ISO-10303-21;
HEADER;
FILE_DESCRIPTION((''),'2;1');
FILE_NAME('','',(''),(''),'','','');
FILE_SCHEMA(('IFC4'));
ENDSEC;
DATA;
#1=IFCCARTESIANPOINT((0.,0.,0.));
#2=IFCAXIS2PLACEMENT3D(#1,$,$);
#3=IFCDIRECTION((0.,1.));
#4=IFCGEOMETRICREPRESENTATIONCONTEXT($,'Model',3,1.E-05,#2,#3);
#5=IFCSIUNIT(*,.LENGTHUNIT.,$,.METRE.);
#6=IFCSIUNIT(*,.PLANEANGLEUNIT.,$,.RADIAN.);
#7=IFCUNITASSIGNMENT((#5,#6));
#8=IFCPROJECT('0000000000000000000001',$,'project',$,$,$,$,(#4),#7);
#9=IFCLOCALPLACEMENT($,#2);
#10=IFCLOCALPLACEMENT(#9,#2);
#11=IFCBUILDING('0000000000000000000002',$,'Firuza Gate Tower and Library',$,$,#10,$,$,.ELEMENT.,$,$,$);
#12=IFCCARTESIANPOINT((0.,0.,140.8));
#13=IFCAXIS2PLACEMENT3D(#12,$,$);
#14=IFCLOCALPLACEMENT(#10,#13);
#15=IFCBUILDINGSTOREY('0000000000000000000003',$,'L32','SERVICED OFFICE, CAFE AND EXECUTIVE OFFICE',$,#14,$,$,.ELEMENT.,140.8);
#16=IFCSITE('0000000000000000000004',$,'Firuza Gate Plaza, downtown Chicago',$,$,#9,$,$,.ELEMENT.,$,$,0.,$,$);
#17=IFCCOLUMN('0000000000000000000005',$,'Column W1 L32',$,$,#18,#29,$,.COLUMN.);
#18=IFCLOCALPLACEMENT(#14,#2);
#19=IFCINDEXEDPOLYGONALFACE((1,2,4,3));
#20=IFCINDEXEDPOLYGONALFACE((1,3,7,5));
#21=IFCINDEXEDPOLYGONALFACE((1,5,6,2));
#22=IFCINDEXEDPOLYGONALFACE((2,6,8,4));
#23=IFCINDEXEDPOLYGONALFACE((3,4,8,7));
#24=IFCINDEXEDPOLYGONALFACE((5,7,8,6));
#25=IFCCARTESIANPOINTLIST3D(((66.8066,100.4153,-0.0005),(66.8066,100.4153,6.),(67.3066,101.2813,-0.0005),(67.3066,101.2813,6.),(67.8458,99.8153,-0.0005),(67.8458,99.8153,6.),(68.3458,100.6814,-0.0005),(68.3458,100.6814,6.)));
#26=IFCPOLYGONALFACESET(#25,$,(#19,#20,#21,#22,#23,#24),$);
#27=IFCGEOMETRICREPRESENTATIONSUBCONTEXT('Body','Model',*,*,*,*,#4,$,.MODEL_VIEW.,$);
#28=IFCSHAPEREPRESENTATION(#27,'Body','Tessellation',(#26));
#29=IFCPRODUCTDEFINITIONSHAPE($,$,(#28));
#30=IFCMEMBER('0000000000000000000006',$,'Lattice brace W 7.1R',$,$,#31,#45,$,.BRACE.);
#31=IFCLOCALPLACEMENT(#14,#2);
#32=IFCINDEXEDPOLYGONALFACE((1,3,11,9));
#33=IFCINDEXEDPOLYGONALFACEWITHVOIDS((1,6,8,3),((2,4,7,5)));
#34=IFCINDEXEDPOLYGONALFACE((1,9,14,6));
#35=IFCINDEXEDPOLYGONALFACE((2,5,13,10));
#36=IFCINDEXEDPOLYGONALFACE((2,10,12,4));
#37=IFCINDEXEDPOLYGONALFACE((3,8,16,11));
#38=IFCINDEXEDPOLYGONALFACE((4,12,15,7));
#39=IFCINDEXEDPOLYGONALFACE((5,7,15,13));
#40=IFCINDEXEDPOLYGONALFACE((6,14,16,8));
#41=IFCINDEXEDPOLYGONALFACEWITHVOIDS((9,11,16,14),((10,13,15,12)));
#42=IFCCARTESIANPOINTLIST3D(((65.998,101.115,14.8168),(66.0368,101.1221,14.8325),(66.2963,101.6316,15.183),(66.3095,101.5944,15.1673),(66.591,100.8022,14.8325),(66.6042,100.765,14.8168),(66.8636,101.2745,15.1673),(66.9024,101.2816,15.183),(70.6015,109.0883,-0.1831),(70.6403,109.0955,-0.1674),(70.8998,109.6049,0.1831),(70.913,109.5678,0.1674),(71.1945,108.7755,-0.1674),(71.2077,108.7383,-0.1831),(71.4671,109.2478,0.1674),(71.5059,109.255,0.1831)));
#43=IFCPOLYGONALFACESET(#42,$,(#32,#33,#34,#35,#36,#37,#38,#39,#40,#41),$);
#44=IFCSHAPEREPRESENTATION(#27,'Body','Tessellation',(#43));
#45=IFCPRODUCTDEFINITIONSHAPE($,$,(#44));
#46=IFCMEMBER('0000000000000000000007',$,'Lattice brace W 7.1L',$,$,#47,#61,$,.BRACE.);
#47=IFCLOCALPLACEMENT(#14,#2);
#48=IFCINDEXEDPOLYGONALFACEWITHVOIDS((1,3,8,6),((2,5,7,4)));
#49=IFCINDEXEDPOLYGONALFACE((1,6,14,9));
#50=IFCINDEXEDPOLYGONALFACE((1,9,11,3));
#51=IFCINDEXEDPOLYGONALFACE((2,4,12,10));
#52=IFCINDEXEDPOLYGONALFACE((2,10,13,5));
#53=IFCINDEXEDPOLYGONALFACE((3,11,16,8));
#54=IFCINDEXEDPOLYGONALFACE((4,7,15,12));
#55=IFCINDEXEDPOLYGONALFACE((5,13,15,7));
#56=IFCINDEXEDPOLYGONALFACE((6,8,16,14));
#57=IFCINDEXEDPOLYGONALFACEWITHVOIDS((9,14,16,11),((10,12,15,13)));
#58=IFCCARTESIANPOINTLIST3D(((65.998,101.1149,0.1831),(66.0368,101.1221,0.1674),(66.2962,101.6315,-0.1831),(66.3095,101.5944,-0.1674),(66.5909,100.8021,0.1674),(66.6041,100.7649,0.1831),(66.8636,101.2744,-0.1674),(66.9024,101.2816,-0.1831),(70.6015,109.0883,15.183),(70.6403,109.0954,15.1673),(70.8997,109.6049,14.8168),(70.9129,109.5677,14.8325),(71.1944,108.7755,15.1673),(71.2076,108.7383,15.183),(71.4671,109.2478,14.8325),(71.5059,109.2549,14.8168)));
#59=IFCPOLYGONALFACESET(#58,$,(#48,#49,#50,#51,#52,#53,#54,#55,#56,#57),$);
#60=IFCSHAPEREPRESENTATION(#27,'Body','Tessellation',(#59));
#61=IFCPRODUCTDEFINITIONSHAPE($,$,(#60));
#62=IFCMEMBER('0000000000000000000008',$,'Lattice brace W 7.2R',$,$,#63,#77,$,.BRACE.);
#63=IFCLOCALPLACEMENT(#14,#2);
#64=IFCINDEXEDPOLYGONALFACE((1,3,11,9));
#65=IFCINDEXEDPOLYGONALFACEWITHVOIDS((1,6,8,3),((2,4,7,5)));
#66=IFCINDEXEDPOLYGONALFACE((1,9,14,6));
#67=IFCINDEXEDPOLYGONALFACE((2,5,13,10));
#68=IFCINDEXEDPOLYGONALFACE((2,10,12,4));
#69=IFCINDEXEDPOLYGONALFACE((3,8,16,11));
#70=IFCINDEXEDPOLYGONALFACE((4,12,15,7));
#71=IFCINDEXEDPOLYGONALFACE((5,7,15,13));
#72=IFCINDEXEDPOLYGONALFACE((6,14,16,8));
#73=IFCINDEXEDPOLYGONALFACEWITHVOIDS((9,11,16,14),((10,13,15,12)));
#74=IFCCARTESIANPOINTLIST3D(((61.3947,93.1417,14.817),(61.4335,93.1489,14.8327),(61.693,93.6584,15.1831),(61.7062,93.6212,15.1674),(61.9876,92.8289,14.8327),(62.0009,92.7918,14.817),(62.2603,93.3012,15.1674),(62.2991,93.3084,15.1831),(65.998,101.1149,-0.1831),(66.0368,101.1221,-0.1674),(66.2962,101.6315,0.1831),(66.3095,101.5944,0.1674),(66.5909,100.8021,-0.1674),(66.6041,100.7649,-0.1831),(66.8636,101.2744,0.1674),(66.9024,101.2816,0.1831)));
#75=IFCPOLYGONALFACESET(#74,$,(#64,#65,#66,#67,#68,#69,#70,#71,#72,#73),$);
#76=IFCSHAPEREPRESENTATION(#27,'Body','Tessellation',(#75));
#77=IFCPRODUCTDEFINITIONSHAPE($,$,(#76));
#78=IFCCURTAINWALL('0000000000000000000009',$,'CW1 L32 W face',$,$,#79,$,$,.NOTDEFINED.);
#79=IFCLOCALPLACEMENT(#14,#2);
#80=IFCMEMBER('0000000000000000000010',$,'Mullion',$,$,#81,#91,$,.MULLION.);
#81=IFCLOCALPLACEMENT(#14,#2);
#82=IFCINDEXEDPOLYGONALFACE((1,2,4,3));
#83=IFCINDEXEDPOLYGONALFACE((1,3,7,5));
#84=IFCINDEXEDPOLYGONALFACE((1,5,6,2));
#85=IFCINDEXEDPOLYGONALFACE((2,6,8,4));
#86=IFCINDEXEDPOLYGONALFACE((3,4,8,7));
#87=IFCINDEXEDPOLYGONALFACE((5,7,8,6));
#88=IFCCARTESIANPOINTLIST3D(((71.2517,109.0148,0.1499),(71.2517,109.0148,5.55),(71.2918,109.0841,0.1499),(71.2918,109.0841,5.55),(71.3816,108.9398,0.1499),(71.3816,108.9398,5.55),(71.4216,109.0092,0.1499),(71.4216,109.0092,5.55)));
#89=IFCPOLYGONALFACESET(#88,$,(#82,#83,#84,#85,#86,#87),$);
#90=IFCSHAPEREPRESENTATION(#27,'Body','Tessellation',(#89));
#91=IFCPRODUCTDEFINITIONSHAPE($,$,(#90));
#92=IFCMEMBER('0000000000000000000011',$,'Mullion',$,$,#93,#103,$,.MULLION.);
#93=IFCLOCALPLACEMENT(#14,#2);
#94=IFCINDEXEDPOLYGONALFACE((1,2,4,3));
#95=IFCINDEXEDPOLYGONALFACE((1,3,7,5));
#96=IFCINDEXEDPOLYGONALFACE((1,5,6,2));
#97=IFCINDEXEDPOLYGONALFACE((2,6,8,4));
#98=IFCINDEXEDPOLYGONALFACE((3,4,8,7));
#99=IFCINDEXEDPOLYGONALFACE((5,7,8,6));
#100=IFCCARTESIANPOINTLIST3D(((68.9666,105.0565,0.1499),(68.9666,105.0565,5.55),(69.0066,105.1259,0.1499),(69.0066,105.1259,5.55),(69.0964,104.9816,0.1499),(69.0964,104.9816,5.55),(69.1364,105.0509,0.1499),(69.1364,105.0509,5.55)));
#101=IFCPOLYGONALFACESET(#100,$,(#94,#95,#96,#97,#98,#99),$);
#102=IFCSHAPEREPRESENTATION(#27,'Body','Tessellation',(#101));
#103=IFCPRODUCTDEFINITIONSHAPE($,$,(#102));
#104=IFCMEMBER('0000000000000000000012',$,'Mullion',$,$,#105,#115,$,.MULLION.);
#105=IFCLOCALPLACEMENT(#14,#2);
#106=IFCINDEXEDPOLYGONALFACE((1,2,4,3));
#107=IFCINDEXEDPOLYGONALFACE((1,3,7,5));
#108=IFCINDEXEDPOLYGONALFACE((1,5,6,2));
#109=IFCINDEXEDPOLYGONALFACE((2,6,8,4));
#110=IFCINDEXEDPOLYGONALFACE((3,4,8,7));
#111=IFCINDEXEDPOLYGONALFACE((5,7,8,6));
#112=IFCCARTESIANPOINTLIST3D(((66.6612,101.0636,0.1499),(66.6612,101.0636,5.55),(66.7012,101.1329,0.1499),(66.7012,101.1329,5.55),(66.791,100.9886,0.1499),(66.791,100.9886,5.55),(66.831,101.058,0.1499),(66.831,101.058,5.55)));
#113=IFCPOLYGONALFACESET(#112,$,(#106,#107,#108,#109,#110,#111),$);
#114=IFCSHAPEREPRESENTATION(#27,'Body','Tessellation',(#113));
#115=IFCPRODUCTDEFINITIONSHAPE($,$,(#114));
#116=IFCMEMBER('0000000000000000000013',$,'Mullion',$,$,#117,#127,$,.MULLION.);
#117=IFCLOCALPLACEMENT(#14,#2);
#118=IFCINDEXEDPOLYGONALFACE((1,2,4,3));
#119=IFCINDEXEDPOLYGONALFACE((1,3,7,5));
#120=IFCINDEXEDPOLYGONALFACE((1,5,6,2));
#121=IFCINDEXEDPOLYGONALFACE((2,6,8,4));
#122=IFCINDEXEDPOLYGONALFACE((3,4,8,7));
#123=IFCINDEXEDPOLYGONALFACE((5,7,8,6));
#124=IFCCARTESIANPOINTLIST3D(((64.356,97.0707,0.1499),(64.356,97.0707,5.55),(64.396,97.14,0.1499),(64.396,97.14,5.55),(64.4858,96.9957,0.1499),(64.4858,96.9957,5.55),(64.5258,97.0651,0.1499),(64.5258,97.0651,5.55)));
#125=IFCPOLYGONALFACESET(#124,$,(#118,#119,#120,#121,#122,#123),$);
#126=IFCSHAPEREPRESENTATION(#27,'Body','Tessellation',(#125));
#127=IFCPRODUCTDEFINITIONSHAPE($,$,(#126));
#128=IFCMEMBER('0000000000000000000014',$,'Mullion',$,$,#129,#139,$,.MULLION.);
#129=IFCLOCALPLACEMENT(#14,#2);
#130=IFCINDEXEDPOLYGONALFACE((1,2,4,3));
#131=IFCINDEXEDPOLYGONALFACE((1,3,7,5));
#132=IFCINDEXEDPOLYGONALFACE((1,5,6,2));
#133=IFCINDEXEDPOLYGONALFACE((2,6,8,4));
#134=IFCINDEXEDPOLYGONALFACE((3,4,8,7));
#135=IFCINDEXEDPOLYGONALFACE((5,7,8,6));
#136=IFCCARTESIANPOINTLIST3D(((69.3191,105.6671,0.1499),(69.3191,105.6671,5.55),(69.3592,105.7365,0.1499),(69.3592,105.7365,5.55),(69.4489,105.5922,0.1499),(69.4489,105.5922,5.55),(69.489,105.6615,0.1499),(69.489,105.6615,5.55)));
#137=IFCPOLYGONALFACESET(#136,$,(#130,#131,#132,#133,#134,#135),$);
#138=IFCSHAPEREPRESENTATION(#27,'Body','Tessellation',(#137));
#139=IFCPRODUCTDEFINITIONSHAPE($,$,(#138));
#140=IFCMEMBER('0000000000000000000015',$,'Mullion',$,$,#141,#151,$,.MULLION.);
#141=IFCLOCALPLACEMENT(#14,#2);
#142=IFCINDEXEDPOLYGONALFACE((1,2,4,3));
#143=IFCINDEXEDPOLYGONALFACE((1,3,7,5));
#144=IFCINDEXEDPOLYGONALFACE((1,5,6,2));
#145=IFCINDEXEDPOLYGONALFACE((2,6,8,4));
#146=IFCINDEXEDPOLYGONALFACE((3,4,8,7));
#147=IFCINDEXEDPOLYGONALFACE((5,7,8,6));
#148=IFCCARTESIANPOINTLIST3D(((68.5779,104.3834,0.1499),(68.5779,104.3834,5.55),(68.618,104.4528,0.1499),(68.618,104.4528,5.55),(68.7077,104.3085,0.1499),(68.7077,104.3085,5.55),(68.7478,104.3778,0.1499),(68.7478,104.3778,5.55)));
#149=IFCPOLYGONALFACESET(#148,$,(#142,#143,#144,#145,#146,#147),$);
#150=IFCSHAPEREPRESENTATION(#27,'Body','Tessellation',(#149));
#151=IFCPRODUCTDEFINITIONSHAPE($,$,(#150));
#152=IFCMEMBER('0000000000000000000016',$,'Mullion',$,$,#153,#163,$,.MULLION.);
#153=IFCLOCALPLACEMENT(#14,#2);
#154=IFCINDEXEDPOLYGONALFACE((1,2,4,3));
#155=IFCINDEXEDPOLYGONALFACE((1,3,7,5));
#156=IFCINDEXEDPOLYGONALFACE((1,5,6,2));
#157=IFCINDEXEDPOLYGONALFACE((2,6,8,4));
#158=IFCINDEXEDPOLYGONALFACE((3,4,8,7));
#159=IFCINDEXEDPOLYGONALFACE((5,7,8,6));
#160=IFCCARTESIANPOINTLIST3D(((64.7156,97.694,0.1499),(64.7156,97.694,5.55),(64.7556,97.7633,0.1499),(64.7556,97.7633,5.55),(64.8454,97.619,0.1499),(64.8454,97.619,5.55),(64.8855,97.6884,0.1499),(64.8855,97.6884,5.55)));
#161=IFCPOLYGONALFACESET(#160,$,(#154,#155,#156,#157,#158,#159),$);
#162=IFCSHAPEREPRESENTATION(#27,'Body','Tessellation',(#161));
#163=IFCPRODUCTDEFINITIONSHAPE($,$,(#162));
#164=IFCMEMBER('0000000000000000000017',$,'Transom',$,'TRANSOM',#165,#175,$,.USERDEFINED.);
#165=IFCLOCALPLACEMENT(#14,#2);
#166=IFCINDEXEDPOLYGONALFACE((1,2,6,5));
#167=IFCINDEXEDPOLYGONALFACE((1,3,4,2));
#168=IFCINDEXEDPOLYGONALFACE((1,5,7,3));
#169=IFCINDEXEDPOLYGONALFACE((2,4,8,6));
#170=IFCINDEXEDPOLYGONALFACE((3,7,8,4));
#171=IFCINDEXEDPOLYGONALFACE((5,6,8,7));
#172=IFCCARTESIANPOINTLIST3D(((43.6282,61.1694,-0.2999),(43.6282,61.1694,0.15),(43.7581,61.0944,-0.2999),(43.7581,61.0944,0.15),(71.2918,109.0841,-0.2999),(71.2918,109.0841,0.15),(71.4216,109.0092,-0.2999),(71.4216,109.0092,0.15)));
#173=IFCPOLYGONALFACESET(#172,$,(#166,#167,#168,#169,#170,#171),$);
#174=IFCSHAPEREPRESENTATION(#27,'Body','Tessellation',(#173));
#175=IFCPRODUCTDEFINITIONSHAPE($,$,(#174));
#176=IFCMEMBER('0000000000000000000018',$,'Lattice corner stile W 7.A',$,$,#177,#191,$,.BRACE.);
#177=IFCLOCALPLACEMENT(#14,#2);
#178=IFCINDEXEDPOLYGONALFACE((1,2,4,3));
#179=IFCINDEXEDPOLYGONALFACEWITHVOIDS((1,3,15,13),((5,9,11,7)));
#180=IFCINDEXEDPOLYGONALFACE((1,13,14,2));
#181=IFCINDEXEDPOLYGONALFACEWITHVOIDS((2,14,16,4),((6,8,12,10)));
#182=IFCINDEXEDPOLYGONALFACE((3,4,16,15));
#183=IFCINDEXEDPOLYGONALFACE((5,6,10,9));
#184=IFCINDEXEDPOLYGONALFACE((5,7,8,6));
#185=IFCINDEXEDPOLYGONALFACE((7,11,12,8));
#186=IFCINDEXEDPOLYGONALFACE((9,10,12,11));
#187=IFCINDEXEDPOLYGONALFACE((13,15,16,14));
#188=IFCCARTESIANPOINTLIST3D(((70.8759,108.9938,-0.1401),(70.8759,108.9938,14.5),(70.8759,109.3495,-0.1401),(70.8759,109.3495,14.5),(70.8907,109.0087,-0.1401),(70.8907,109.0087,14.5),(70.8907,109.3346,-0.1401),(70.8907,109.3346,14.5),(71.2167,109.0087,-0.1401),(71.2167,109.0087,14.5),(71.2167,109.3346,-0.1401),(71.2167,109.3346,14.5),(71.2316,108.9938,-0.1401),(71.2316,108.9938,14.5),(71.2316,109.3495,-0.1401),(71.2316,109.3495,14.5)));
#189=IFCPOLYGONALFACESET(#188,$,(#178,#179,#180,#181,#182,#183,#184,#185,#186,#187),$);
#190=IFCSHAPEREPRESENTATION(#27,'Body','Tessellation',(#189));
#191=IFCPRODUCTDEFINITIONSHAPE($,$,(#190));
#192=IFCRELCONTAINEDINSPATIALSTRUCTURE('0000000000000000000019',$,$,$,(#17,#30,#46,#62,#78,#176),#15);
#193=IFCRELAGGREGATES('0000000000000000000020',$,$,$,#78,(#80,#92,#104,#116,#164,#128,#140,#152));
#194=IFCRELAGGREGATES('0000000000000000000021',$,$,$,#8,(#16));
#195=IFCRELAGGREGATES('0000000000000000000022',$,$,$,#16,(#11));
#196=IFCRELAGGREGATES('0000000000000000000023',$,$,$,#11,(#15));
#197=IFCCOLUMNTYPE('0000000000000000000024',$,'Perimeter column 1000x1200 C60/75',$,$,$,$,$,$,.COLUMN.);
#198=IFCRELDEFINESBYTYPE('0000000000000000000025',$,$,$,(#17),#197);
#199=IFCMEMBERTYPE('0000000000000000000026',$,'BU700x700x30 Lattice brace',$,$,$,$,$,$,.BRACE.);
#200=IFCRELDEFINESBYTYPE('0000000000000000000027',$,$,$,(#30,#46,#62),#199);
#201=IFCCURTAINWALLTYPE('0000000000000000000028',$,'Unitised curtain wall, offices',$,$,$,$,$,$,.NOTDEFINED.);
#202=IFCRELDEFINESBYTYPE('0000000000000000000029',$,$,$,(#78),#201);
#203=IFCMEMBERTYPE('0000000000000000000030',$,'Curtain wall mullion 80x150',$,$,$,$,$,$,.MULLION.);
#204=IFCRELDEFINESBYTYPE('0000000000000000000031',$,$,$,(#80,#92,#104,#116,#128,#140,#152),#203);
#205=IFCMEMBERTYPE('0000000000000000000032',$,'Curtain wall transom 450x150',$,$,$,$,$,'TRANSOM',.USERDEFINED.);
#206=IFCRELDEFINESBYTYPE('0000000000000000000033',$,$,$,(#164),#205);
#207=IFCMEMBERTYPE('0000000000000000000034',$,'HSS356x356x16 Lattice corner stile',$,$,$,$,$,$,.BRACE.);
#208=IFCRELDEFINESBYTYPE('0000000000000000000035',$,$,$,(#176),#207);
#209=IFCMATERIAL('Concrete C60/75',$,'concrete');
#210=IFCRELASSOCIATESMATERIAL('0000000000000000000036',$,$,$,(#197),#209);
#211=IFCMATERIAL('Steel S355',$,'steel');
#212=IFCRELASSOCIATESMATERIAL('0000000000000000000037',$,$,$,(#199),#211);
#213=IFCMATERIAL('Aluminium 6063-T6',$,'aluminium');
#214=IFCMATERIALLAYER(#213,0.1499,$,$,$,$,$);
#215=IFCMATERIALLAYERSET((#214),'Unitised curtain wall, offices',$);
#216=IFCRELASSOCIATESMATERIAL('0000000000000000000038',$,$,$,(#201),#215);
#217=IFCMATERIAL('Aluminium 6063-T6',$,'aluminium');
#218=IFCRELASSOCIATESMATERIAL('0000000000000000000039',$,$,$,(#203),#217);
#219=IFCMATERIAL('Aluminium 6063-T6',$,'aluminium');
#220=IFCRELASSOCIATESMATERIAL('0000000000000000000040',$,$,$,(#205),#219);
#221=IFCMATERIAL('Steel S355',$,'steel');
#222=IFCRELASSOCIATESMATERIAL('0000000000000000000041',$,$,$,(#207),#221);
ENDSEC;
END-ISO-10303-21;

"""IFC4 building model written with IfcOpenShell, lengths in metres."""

from ifc_helpers import new_model, si_unit, direction, frame, origin, origin_2d, place, context, subcontext, project, spatial, rectangle, hollow_rectangle, extrude, material, layer, layer_set, material_profile, profile_set, type_object, element, aggregate, save


model = new_model("IFC4")

# Units and contexts
model_context = context("Model", 3, precision=1e-05, world=origin(), true_north=direction((0.0, 1.0)))
body_context = subcontext(model_context, "Body", "Model", "MODEL_VIEW")
ifc_project = project(units=[si_unit("LENGTHUNIT", "METRE"), si_unit("PLANEANGLEUNIT", "RADIAN")], contexts=[model_context])

# Site, building, storey
site_placement = place(None, origin())
site = spatial("IfcSite", under=ifc_project, at=site_placement, Name="Firuza Gate Plaza, downtown Chicago", CompositionType="ELEMENT", RefElevation=0.0)
building_placement = place(site_placement, origin())
building = spatial("IfcBuilding", under=site, at=building_placement, Name="Firuza Gate Tower and Library", CompositionType="ELEMENT")
storey_placement = place(building_placement, frame((0.0, 0.0, 140.8)))
storey = spatial("IfcBuildingStorey", under=building, at=storey_placement, Name="L32", Description="SERVICED OFFICE, CAFE AND EXECUTIVE OFFICE", CompositionType="ELEMENT", Elevation=140.8)

# Column
ifc_material_1 = material(Name="Concrete C60/75", Category="concrete")
ifc_material_profile_1 = material_profile(ifc_material_1, rectangle(XDim=1.0, YDim=1.2, at=origin_2d()))
ifc_profile_set_1 = profile_set([ifc_material_profile_1], Name="Concrete C60/75")
column_type = type_object("IfcColumnType", Name="Perimeter column 1000x1200 C60/75", PredefinedType="COLUMN", material=ifc_profile_set_1)
column_placement = place(storey_placement, frame((67.5762, 100.5483, -0.0005), z_axis=(0.0, 0.0, 1.0), x_axis=(-0.5, -0.866025, 0.0)))
element("IfcColumn", 1, at=column_placement, inside=storey, type_object=column_type, Name="Column W1 L32", PredefinedType="COLUMN", context=body_context, shape_type="SweptSolid", body=[
    extrude(rectangle(XDim=1.0, YDim=1.2, at=origin_2d()), origin(), (0.0, 0.0, 1.0), 6.0005),
])

# Members
ifc_material_2 = material(Name="Steel S355", Category="steel")
ifc_material_profile_2 = material_profile(ifc_material_2, hollow_rectangle(XDim=0.7, YDim=0.7, WallThickness=0.03, at=origin_2d()))
ifc_profile_set_2 = profile_set([ifc_material_profile_2], Name="Steel S355")
member_type_1 = type_object("IfcMemberType", Name="BU700x700x30 Lattice brace", PredefinedType="BRACE", material=ifc_profile_set_2)
for number, where, z_axis, x_axis, name in (
    (2, (71.0537, 109.1716, 0.0), (-0.26156, -0.453028, 0.852263), (0.866022, -0.500006, 0.0), "Lattice brace W 7.1R"),
    (3, (66.4502, 101.1982, 0.0), (0.26156, 0.453028, 0.852263), (-0.866022, 0.500006, 0.0), "Lattice brace W 7.1L"),
    (4, (66.4502, 101.1982, 0.0), (-0.261549, -0.453019, 0.852271), (0.866027, -0.499998, 0.0), "Lattice brace W 7.2R"),
):
    element("IfcMember", number, at=place(storey_placement, frame(where, z_axis=z_axis, x_axis=x_axis)), inside=storey, type_object=member_type_1, Name=name, PredefinedType="BRACE", context=body_context, shape_type="SweptSolid", body=[
        extrude(hollow_rectangle(XDim=0.7, YDim=0.7, WallThickness=0.03, at=origin_2d()), origin(), (0.0, 0.0, 1.0), 17.6001),
    ])

# Curtain wall, members
ifc_material_3 = material(Name="Aluminium 6063-T6", Category="aluminium")
ifc_layer_1 = layer(ifc_material_3, 0.1499)
ifc_layer_set_1 = layer_set([ifc_layer_1], Name="Unitised curtain wall, offices")
curtain_wall_type = type_object("IfcCurtainWallType", Name="Unitised curtain wall, offices", PredefinedType="NOTDEFINED", material=ifc_layer_set_1)
curtain_wall_placement = place(storey_placement, origin())
curtain_wall = element("IfcCurtainWall", 5, at=curtain_wall_placement, inside=storey, type_object=curtain_wall_type, Name="CW1 L32 W face", PredefinedType="NOTDEFINED")
ifc_material_4 = material(Name="Aluminium 6063-T6", Category="aluminium")
ifc_material_profile_3 = material_profile(ifc_material_4, rectangle(XDim=0.1499, YDim=0.0801, at=origin_2d()))
ifc_profile_set_3 = profile_set([ifc_material_profile_3], Name="Aluminium 6063-T6")
member_type_2 = type_object("IfcMemberType", Name="Curtain wall mullion 80x150", PredefinedType="MULLION", material=ifc_profile_set_3)
member_1_placement = place(storey_placement, frame((71.3367, 109.012, 0.1499), z_axis=(0.0, 0.0, 1.0), x_axis=(0.866025, -0.5, 0.0)))
member_1 = element("IfcMember", 6, at=member_1_placement, type_object=member_type_2, Name="Mullion", PredefinedType="MULLION", context=body_context, shape_type="SweptSolid", body=[
    extrude(rectangle(XDim=0.1499, YDim=0.0801, at=origin_2d()), origin(), (0.0, 0.0, 1.0), 5.4001),
])
member_2_placement = place(storey_placement, frame((69.0515, 105.0537, 0.1499), z_axis=(0.0, 0.0, 1.0), x_axis=(0.866025, -0.5, 0.0)))
member_2 = element("IfcMember", 7, at=member_2_placement, type_object=member_type_2, Name="Mullion", PredefinedType="MULLION", context=body_context, shape_type="SweptSolid", body=[
    extrude(rectangle(XDim=0.1499, YDim=0.0801, at=origin_2d()), origin(), (0.0, 0.0, 1.0), 5.4001),
])
member_3_placement = place(storey_placement, frame((66.7461, 101.0608, 0.1499), z_axis=(0.0, 0.0, 1.0), x_axis=(0.866025, -0.5, 0.0)))
member_3 = element("IfcMember", 8, at=member_3_placement, type_object=member_type_2, Name="Mullion", PredefinedType="MULLION", context=body_context, shape_type="SweptSolid", body=[
    extrude(rectangle(XDim=0.1499, YDim=0.0801, at=origin_2d()), origin(), (0.0, 0.0, 1.0), 5.4001),
])
member_4_placement = place(storey_placement, frame((64.4409, 97.0679, 0.1499), z_axis=(0.0, 0.0, 1.0), x_axis=(0.866025, -0.5, 0.0)))
member_4 = element("IfcMember", 9, at=member_4_placement, type_object=member_type_2, Name="Mullion", PredefinedType="MULLION", context=body_context, shape_type="SweptSolid", body=[
    extrude(rectangle(XDim=0.1499, YDim=0.0801, at=origin_2d()), origin(), (0.0, 0.0, 1.0), 5.4001),
])
member_5_placement = place(storey_placement, frame((69.4041, 105.6643, 0.1499), z_axis=(0.0, 0.0, 1.0), x_axis=(0.866025, -0.5, 0.0)))
member_5 = element("IfcMember", 10, at=member_5_placement, type_object=member_type_2, Name="Mullion", PredefinedType="MULLION", context=body_context, shape_type="SweptSolid", body=[
    extrude(rectangle(XDim=0.1499, YDim=0.0801, at=origin_2d()), origin(), (0.0, 0.0, 1.0), 5.4001),
])
member_6_placement = place(storey_placement, frame((68.6628, 104.3806, 0.1499), z_axis=(0.0, 0.0, 1.0), x_axis=(0.866025, -0.5, 0.0)))
member_6 = element("IfcMember", 11, at=member_6_placement, type_object=member_type_2, Name="Mullion", PredefinedType="MULLION", context=body_context, shape_type="SweptSolid", body=[
    extrude(rectangle(XDim=0.1499, YDim=0.0801, at=origin_2d()), origin(), (0.0, 0.0, 1.0), 5.4001),
])
member_7_placement = place(storey_placement, frame((64.8005, 97.6912, 0.1499), z_axis=(0.0, 0.0, 1.0), x_axis=(0.866025, -0.5, 0.0)))
member_7 = element("IfcMember", 12, at=member_7_placement, type_object=member_type_2, Name="Mullion", PredefinedType="MULLION", context=body_context, shape_type="SweptSolid", body=[
    extrude(rectangle(XDim=0.1499, YDim=0.0801, at=origin_2d()), origin(), (0.0, 0.0, 1.0), 5.4001),
])
ifc_material_5 = material(Name="Aluminium 6063-T6", Category="aluminium")
ifc_material_profile_4 = material_profile(ifc_material_5, rectangle(XDim=0.1499, YDim=0.45, at=origin_2d()))
ifc_profile_set_4 = profile_set([ifc_material_profile_4], Name="Aluminium 6063-T6")
member_type_3 = type_object("IfcMemberType", Name="Curtain wall transom 450x150", ElementType="TRANSOM", PredefinedType="USERDEFINED", material=ifc_profile_set_4)
member_8_placement = place(storey_placement, frame((71.3567, 109.0466, -0.075), z_axis=(-0.499999, -0.866026, 0.0), x_axis=(0.866026, -0.499999, 0.0)))
member_8 = element("IfcMember", 13, at=member_8_placement, type_object=member_type_3, Name="Transom", ObjectType="TRANSOM", PredefinedType="USERDEFINED", context=body_context, shape_type="SweptSolid", body=[
    extrude(rectangle(XDim=0.1499, YDim=0.45, at=origin_2d()), origin(), (0.0, 0.0, 1.0), 55.3271),
])

# Member
ifc_material_6 = material(Name="Steel S355", Category="steel")
ifc_material_profile_5 = material_profile(ifc_material_6, hollow_rectangle(XDim=0.3557, YDim=0.3557, WallThickness=0.0149, at=origin_2d()))
ifc_profile_set_5 = profile_set([ifc_material_profile_5], Name="Steel S355")
member_type_4 = type_object("IfcMemberType", Name="HSS356x356x16 Lattice corner stile", PredefinedType="BRACE", material=ifc_profile_set_5)
member_9_placement = place(storey_placement, frame((71.0537, 109.1716, -0.1401), z_axis=(0.0, 0.0, 1.0), x_axis=(1.0, 0.0, 0.0)))
element("IfcMember", 14, at=member_9_placement, inside=storey, type_object=member_type_4, Name="Lattice corner stile W 7.A", PredefinedType="BRACE", context=body_context, shape_type="SweptSolid", body=[
    extrude(hollow_rectangle(XDim=0.3557, YDim=0.3557, WallThickness=0.0149, at=origin_2d()), origin(), (0.0, 0.0, 1.0), 14.6401),
])

aggregate(curtain_wall, [member_1, member_2, member_3, member_4, member_8, member_5, member_6, member_7])

save(model, "model.ifc")
